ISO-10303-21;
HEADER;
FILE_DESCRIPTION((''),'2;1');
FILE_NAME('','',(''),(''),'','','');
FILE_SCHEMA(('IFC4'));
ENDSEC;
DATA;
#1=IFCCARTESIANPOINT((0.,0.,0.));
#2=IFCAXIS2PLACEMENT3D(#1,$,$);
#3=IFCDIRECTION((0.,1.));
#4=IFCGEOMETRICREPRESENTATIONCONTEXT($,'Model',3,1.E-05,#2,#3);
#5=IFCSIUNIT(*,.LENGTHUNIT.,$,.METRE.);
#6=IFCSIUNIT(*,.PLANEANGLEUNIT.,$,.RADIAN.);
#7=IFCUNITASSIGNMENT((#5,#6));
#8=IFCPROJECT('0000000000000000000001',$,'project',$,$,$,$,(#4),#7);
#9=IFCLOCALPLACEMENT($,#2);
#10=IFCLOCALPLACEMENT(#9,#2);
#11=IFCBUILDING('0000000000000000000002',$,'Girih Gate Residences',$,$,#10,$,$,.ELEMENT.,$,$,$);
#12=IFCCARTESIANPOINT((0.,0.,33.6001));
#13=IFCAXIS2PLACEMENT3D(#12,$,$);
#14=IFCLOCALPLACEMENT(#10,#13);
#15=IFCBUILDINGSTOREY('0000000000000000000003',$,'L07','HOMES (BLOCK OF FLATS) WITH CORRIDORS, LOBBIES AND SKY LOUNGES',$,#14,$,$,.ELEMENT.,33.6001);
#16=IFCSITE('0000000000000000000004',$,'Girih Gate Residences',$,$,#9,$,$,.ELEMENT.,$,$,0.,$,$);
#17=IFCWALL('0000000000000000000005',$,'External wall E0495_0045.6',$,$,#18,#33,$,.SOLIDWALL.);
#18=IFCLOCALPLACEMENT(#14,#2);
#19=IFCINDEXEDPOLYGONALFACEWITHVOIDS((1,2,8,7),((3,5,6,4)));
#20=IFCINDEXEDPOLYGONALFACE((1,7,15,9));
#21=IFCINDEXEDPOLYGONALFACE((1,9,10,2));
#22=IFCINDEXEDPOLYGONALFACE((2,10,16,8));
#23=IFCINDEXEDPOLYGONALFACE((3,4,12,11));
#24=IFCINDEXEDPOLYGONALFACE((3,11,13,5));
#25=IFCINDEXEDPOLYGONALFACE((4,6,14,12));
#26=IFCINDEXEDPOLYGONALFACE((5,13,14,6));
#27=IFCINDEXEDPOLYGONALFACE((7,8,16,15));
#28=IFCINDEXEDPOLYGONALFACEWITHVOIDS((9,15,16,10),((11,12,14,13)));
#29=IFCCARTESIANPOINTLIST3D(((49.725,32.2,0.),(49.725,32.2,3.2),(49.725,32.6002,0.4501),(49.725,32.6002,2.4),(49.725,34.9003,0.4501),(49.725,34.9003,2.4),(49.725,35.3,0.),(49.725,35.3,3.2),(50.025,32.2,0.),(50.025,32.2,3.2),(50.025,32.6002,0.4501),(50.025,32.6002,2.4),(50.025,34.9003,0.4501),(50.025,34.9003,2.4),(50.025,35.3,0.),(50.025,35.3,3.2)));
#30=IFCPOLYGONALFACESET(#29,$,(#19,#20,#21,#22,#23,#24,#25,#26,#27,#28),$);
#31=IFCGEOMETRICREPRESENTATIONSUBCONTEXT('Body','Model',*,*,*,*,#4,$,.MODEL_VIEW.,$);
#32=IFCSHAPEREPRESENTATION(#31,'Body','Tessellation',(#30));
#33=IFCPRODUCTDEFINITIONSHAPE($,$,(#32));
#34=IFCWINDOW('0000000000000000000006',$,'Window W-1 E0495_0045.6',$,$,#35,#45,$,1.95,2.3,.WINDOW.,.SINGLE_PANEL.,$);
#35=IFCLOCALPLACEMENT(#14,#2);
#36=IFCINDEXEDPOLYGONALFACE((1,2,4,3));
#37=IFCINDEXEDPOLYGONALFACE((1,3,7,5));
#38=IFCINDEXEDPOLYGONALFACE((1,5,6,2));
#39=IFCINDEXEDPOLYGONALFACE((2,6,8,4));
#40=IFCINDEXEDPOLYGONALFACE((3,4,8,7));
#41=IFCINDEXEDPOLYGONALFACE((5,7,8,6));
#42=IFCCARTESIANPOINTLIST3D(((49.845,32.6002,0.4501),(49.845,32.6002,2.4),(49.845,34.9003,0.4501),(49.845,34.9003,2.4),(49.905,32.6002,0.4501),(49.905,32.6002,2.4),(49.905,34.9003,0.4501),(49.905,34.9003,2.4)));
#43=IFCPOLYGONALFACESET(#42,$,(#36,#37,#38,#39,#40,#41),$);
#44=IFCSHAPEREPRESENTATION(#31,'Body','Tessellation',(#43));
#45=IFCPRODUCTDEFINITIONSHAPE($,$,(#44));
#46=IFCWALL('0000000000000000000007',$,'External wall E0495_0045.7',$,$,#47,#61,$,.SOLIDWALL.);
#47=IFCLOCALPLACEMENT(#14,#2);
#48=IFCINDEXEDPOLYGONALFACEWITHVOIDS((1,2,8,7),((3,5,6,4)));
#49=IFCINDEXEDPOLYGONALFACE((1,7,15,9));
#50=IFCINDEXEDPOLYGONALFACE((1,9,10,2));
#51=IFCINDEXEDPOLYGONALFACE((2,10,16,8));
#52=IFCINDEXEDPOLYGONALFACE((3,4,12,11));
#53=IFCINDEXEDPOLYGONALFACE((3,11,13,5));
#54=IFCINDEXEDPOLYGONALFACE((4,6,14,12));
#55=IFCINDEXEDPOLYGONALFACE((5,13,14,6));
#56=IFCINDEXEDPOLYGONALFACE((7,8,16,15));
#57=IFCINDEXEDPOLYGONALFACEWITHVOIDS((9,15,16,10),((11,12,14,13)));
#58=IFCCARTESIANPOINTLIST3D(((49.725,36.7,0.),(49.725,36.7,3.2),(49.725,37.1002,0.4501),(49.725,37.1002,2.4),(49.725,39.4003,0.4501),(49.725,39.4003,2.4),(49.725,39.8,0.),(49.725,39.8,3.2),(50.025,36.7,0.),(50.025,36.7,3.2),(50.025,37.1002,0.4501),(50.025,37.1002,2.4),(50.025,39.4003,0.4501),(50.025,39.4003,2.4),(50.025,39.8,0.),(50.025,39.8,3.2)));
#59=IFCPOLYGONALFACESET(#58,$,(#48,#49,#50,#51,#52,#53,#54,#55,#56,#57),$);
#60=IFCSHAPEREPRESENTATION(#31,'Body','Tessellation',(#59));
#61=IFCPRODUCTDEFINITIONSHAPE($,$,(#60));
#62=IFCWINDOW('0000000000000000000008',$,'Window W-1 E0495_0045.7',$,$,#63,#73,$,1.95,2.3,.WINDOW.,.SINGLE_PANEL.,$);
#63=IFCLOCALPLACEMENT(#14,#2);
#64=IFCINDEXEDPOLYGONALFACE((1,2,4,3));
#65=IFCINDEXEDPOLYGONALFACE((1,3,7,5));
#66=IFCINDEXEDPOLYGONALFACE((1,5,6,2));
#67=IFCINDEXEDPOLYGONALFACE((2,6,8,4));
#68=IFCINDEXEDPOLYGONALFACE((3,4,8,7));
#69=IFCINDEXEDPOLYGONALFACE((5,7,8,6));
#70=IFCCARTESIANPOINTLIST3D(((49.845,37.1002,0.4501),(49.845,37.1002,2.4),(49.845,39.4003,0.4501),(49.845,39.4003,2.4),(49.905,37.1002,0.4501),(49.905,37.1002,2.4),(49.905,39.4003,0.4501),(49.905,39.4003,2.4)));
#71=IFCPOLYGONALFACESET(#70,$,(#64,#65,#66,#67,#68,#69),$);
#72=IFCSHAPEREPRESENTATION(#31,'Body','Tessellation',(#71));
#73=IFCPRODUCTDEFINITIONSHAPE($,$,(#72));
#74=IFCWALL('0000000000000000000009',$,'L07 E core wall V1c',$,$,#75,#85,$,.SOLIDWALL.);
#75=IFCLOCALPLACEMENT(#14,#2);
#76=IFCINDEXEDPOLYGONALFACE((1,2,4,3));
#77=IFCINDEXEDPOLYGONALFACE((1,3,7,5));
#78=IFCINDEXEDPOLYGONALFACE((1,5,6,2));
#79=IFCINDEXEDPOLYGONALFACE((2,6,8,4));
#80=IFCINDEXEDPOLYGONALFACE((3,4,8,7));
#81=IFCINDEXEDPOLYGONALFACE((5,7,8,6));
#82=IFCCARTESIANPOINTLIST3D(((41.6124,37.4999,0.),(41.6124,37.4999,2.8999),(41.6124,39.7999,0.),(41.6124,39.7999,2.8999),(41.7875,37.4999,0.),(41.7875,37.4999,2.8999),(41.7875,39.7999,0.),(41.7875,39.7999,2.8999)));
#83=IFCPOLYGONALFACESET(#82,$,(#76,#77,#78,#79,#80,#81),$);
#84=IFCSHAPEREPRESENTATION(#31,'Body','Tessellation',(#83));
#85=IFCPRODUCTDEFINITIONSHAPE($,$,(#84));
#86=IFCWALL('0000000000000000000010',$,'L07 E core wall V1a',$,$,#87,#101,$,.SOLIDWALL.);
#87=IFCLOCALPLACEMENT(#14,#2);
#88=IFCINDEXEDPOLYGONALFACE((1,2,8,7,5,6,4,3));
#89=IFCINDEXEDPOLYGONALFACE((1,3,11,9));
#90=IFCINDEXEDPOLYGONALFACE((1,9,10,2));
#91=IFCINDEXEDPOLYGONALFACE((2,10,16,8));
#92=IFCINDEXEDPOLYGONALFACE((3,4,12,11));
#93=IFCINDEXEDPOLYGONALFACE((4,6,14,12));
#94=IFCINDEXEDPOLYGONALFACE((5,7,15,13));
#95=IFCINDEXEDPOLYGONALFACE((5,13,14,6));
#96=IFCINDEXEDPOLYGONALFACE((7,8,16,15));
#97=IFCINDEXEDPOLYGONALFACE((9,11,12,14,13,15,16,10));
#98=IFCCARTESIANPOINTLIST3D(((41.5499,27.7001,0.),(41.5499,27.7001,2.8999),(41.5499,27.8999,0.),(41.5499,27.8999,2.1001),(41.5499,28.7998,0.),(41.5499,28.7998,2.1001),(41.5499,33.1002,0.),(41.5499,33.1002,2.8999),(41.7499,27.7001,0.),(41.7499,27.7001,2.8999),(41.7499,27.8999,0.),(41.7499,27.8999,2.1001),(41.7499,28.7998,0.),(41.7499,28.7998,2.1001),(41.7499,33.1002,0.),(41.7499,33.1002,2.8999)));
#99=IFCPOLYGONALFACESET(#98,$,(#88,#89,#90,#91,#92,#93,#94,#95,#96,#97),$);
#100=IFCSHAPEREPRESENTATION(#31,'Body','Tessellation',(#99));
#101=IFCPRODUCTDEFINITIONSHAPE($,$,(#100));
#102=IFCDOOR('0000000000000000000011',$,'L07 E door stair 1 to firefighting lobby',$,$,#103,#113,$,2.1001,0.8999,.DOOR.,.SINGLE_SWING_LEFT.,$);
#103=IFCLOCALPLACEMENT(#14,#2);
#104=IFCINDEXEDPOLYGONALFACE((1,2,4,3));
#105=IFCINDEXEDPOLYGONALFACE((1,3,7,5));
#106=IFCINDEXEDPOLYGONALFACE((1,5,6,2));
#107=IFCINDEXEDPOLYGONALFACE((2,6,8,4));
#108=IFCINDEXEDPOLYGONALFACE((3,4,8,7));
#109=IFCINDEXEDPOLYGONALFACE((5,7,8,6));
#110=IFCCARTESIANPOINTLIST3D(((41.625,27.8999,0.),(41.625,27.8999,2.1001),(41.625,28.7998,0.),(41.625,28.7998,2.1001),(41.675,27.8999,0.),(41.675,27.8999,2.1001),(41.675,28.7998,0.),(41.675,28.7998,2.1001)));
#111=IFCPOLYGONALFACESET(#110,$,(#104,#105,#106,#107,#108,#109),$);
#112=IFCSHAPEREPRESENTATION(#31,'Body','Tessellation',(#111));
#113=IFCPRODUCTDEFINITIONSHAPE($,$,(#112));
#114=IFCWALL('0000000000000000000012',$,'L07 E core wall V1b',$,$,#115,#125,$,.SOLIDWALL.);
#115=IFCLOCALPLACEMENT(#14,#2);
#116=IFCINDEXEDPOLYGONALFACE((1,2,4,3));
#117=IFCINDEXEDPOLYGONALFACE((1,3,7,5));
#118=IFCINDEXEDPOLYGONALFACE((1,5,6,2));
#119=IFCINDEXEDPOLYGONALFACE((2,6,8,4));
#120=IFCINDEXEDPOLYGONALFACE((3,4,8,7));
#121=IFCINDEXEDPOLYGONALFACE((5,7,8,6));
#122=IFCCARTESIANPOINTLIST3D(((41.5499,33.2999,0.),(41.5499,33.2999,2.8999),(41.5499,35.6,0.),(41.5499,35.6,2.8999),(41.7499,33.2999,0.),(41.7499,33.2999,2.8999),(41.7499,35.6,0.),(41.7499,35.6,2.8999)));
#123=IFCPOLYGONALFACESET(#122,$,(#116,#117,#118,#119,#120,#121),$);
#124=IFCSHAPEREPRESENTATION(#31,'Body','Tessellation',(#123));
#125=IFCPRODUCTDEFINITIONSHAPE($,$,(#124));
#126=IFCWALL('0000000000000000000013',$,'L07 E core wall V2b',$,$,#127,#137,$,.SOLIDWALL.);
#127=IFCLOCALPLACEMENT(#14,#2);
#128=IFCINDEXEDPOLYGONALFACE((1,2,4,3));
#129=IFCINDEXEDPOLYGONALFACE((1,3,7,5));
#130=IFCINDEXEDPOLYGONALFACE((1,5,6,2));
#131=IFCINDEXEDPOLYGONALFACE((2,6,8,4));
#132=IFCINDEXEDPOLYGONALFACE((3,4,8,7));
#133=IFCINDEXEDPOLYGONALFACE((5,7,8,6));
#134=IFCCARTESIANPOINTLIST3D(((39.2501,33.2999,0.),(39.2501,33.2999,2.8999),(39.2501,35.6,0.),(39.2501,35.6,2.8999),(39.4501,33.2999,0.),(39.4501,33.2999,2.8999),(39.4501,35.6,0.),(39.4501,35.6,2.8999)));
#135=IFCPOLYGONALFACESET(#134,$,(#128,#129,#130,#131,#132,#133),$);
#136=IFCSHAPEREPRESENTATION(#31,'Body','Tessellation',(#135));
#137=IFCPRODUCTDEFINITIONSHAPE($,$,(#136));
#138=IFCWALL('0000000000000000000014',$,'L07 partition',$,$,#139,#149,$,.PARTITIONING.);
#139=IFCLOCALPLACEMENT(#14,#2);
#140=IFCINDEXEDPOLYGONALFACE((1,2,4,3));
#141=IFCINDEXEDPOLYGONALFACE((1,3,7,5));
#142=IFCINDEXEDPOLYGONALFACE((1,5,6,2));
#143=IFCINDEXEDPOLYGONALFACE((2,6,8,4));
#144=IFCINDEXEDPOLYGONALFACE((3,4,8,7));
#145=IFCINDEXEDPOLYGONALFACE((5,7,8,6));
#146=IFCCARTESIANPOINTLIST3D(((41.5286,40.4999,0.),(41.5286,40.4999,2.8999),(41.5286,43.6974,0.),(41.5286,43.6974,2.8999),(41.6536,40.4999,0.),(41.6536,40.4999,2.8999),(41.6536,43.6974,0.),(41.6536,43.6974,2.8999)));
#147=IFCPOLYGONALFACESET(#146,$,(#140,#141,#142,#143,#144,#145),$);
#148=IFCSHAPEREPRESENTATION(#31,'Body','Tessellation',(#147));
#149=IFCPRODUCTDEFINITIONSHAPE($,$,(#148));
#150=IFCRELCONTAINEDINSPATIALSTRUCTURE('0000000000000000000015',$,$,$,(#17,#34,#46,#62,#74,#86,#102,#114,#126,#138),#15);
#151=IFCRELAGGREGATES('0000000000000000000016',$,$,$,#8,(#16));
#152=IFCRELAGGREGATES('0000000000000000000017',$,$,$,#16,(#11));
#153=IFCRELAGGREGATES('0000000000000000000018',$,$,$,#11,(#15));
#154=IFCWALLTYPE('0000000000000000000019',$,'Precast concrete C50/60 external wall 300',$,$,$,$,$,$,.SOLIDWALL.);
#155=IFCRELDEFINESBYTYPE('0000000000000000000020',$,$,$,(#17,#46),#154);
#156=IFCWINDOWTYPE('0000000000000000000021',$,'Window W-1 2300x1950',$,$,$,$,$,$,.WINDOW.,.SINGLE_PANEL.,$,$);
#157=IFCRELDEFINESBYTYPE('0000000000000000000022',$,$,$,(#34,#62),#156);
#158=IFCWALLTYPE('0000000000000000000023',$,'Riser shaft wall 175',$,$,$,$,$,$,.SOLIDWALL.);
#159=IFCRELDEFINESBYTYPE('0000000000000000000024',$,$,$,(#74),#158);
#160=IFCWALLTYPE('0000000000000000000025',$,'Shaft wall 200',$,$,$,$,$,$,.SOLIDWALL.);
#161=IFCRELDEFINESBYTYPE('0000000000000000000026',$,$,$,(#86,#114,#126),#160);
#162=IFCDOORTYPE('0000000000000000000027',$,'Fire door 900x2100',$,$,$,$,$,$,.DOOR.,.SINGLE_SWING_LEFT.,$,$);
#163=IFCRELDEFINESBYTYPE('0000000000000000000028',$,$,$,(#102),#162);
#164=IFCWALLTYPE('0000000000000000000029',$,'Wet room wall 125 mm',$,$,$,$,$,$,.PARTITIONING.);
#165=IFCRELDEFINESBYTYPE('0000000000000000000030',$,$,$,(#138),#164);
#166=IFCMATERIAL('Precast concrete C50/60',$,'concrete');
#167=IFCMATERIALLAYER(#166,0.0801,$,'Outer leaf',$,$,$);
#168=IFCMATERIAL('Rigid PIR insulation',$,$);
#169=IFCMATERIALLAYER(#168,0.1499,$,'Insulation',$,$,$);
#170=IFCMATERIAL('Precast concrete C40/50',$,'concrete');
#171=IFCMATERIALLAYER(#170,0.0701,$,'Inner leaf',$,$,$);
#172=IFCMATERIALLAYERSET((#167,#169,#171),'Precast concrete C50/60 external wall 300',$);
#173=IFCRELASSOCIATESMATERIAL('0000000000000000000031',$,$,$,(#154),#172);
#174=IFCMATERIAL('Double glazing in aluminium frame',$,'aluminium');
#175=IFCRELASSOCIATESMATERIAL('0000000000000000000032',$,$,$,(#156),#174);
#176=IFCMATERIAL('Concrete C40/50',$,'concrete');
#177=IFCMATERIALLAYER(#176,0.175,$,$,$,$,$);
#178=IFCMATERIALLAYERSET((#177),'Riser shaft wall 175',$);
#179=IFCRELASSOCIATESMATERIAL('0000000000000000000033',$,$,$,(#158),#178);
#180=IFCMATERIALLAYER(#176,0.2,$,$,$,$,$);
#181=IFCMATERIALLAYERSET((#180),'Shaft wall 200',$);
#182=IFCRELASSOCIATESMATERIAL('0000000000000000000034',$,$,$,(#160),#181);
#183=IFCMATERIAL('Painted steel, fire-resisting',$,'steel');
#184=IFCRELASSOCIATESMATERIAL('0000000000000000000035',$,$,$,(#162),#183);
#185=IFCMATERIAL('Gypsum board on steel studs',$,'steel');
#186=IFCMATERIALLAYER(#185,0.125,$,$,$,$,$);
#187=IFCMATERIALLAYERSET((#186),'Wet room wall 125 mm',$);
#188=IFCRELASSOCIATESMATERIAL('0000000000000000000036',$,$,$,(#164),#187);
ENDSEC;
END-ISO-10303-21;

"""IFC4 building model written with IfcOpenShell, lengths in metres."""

from ifc_helpers import new_model, si_unit, direction, frame, frame_2d, origin, place, context, subcontext, project, spatial, rectangle, extrude, material, layer, layer_set, type_object, element, fill, save


model = new_model("IFC4")

# Units and contexts
model_context = context("Model", 3, precision=1e-05, world=origin(), true_north=direction((0.0, 1.0)))
body_context = subcontext(model_context, "Body", "Model", "MODEL_VIEW")
ifc_project = project(units=[si_unit("LENGTHUNIT", "METRE"), si_unit("PLANEANGLEUNIT", "RADIAN")], contexts=[model_context])

# Site, building, storey
site_placement = place(None, origin())
site = spatial("IfcSite", under=ifc_project, at=site_placement, Name="Girih Gate Residences", CompositionType="ELEMENT", RefElevation=0.0)
building_placement = place(site_placement, origin())
building = spatial("IfcBuilding", under=site, at=building_placement, Name="Girih Gate Residences", CompositionType="ELEMENT")
storey_placement = place(building_placement, frame((0.0, 0.0, 33.6001)))
storey = spatial("IfcBuildingStorey", under=building, at=storey_placement, Name="L07", Description="HOMES (BLOCK OF FLATS) WITH CORRIDORS, LOBBIES AND SKY LOUNGES", CompositionType="ELEMENT", Elevation=33.6001)

# Shared definitions
ifc_material_1 = material(Name="Gypsum board on steel studs", Category="steel")

# Walls, openings, windows
ifc_material_2 = material(Name="Precast concrete C50/60", Category="concrete")
ifc_layer_1 = layer(ifc_material_2, 0.0801, Name="Outer leaf")
ifc_material_3 = material(Name="Rigid PIR insulation")
ifc_layer_2 = layer(ifc_material_3, 0.1499, Name="Insulation")
ifc_material_4 = material(Name="Precast concrete C40/50", Category="concrete")
ifc_layer_3 = layer(ifc_material_4, 0.0701, Name="Inner leaf")
ifc_layer_set_1 = layer_set([ifc_layer_1, ifc_layer_2, ifc_layer_3], Name="Precast concrete C50/60 external wall 300")
wall_type_1 = type_object("IfcWallType", Name="Precast concrete C50/60 external wall 300", PredefinedType="SOLIDWALL", material=ifc_layer_set_1)
ifc_material_5 = material(Name="Double glazing in aluminium frame", Category="aluminium")
window_type = type_object("IfcWindowType", Name="Window W-1 2300x1950", PartitioningType="SINGLE_PANEL", PredefinedType="WINDOW", material=ifc_material_5)
wall_1_placement = place(storey_placement, frame((49.875, 35.3, 0.0), z_axis=(0.0, 0.0, 1.0), x_axis=(0.0, -1.0, 0.0)))
wall_1 = element("IfcWall", 1, at=wall_1_placement, inside=storey, type_object=wall_type_1, Name="External wall E0495_0045.6", PredefinedType="SOLIDWALL", context=body_context, shape_type="SweptSolid", body=[
    extrude(rectangle(XDim=3.1001, YDim=0.3, at=frame_2d((1.55, 0.0))), origin(), (0.0, 0.0, 1.0), 3.2),
])
opening_1_placement = place(wall_1_placement, frame((0.3999, 0.0, 0.45)))
opening_1 = element("IfcOpeningElement", 2, at=opening_1_placement, cuts=wall_1, PredefinedType="OPENING", context=body_context, shape_type="SweptSolid", body=[
    extrude(rectangle(XDim=2.3, YDim=1.95, at=frame_2d((1.1499, 0.9751))), frame((0.0, 0.1599, 0.0), z_axis=(0.0, -1.0, 0.0), x_axis=(1.0, 0.0, 0.0)), (0.0, 0.0, 1.0), 0.3201),
])
window_1_placement = place(opening_1_placement, origin())
window_1 = element("IfcWindow", 3, at=window_1_placement, inside=storey, type_object=window_type, Name="Window W-1 E0495_0045.6", OverallHeight=1.95, OverallWidth=2.3, PartitioningType="SINGLE_PANEL", PredefinedType="WINDOW", context=body_context, shape_type="SweptSolid", body=[
    extrude(rectangle(XDim=2.3, YDim=1.95, at=frame_2d((1.1499, 0.9751))), frame((0.0, 0.03, 0.0), z_axis=(0.0, -1.0, 0.0), x_axis=(1.0, 0.0, 0.0)), (0.0, 0.0, 1.0), 0.0601),
])
fill(opening_1, window_1)
wall_2_placement = place(storey_placement, frame((49.875, 39.8, 0.0), z_axis=(0.0, 0.0, 1.0), x_axis=(0.0, -1.0, 0.0)))
wall_2 = element("IfcWall", 4, at=wall_2_placement, inside=storey, type_object=wall_type_1, Name="External wall E0495_0045.7", PredefinedType="SOLIDWALL", context=body_context, shape_type="SweptSolid", body=[
    extrude(rectangle(XDim=3.1001, YDim=0.3, at=frame_2d((1.55, 0.0))), origin(), (0.0, 0.0, 1.0), 3.2),
])
opening_2_placement = place(wall_2_placement, frame((0.3999, 0.0, 0.45)))
opening_2 = element("IfcOpeningElement", 5, at=opening_2_placement, cuts=wall_2, PredefinedType="OPENING", context=body_context, shape_type="SweptSolid", body=[
    extrude(rectangle(XDim=2.3, YDim=1.95, at=frame_2d((1.1499, 0.9751))), frame((0.0, 0.1599, 0.0), z_axis=(0.0, -1.0, 0.0), x_axis=(1.0, 0.0, 0.0)), (0.0, 0.0, 1.0), 0.3201),
])
window_2_placement = place(opening_2_placement, origin())
window_2 = element("IfcWindow", 6, at=window_2_placement, inside=storey, type_object=window_type, Name="Window W-1 E0495_0045.7", OverallHeight=1.95, OverallWidth=2.3, PartitioningType="SINGLE_PANEL", PredefinedType="WINDOW", context=body_context, shape_type="SweptSolid", body=[
    extrude(rectangle(XDim=2.3, YDim=1.95, at=frame_2d((1.1499, 0.9751))), frame((0.0, 0.03, 0.0), z_axis=(0.0, -1.0, 0.0), x_axis=(1.0, 0.0, 0.0)), (0.0, 0.0, 1.0), 0.0601),
])
fill(opening_2, window_2)

# Wall
ifc_material_6 = material(Name="Concrete C40/50", Category="concrete")
ifc_layer_4 = layer(ifc_material_6, 0.175)
ifc_layer_set_2 = layer_set([ifc_layer_4], Name="Riser shaft wall 175")
wall_type_2 = type_object("IfcWallType", Name="Riser shaft wall 175", PredefinedType="SOLIDWALL", material=ifc_layer_set_2)
wall_3_placement = place(storey_placement, frame((41.7, 37.5, 0.0), z_axis=(0.0, 0.0, 1.0), x_axis=(0.0, 1.0, 0.0)))
element("IfcWall", 7, at=wall_3_placement, inside=storey, type_object=wall_type_2, Name="L07 E core wall V1c", PredefinedType="SOLIDWALL", context=body_context, shape_type="SweptSolid", body=[
    extrude(rectangle(XDim=2.3, YDim=0.175, at=frame_2d((1.1499, 0.0))), origin(), (0.0, 0.0, 1.0), 2.8999),
])

# Wall, opening, door
ifc_layer_5 = layer(ifc_material_6, 0.2)
ifc_layer_set_3 = layer_set([ifc_layer_5], Name="Shaft wall 200")
wall_type_3 = type_object("IfcWallType", Name="Shaft wall 200", PredefinedType="SOLIDWALL", material=ifc_layer_set_3)
wall_4_placement = place(storey_placement, frame((41.6499, 27.7, 0.0), z_axis=(0.0, 0.0, 1.0), x_axis=(0.0, 1.0, 0.0)))
wall_4 = element("IfcWall", 8, at=wall_4_placement, inside=storey, type_object=wall_type_3, Name="L07 E core wall V1a", PredefinedType="SOLIDWALL", context=body_context, shape_type="SweptSolid", body=[
    extrude(rectangle(XDim=5.4001, YDim=0.2, at=frame_2d((2.7002, 0.0))), origin(), (0.0, 0.0, 1.0), 2.8999),
])
opening_3_placement = place(wall_4_placement, frame((0.2, 0.0, 0.0)))
opening_3 = element("IfcOpeningElement", 9, at=opening_3_placement, cuts=wall_4, PredefinedType="OPENING", context=body_context, shape_type="SweptSolid", body=[
    extrude(rectangle(XDim=0.8999, YDim=2.1001, at=frame_2d((0.45, 1.05))), frame((0.0, 0.1099, 0.0), z_axis=(0.0, -1.0, 0.0), x_axis=(1.0, 0.0, 0.0)), (0.0, 0.0, 1.0), 0.22),
])
ifc_material_7 = material(Name="Painted steel, fire-resisting", Category="steel")
door_type_1 = type_object("IfcDoorType", Name="Fire door 900x2100", OperationType="SINGLE_SWING_LEFT", PredefinedType="DOOR", material=ifc_material_7)
door_1_placement = place(opening_3_placement, origin())
door_1 = element("IfcDoor", 10, at=door_1_placement, inside=storey, type_object=door_type_1, Name="L07 E door stair 1 to firefighting lobby", OperationType="SINGLE_SWING_LEFT", OverallHeight=2.1001, OverallWidth=0.8999, PredefinedType="DOOR", context=body_context, shape_type="SweptSolid", body=[
    extrude(rectangle(XDim=0.8999, YDim=2.1001, at=frame_2d((0.45, 1.05))), frame((0.0, 0.0249, 0.0), z_axis=(0.0, -1.0, 0.0), x_axis=(1.0, 0.0, 0.0)), (0.0, 0.0, 1.0), 0.05),
])
fill(opening_3, door_1)

# Walls
for number, where, z_axis, x_axis, name in (
    (11, (41.6499, 33.3, 0.0), (0.0, 0.0, 1.0), (0.0, 1.0, 0.0), "L07 E core wall V1b"),
    (12, (39.3501, 33.3, 0.0), (0.0, 0.0, 1.0), (0.0, 1.0, 0.0), "L07 E core wall V2b"),
):
    element("IfcWall", number, at=place(storey_placement, frame(where, z_axis=z_axis, x_axis=x_axis)), inside=storey, type_object=wall_type_3, Name=name, PredefinedType="SOLIDWALL", context=body_context, shape_type="SweptSolid", body=[
        extrude(rectangle(XDim=2.3, YDim=0.2, at=frame_2d((1.1499, 0.0))), origin(), (0.0, 0.0, 1.0), 2.8999),
    ])
ifc_layer_6 = layer(ifc_material_1, 0.125)
ifc_layer_set_4 = layer_set([ifc_layer_6], Name="Wet room wall 125 mm")
wall_type_4 = type_object("IfcWallType", Name="Wet room wall 125 mm", PredefinedType="PARTITIONING", material=ifc_layer_set_4)
wall_5_placement = place(storey_placement, frame((41.5911, 40.5, 0.0), z_axis=(0.0, 0.0, 1.0), x_axis=(0.0, 1.0, 0.0)))
element("IfcWall", 13, at=wall_5_placement, inside=storey, type_object=wall_type_4, Name="L07 partition", PredefinedType="PARTITIONING", context=body_context, shape_type="SweptSolid", body=[
    extrude(rectangle(XDim=3.1975, YDim=0.125, at=frame_2d((1.5986, 0.0))), origin(), (0.0, 0.0, 1.0), 2.8999),
])

save(model, "model.ifc")
